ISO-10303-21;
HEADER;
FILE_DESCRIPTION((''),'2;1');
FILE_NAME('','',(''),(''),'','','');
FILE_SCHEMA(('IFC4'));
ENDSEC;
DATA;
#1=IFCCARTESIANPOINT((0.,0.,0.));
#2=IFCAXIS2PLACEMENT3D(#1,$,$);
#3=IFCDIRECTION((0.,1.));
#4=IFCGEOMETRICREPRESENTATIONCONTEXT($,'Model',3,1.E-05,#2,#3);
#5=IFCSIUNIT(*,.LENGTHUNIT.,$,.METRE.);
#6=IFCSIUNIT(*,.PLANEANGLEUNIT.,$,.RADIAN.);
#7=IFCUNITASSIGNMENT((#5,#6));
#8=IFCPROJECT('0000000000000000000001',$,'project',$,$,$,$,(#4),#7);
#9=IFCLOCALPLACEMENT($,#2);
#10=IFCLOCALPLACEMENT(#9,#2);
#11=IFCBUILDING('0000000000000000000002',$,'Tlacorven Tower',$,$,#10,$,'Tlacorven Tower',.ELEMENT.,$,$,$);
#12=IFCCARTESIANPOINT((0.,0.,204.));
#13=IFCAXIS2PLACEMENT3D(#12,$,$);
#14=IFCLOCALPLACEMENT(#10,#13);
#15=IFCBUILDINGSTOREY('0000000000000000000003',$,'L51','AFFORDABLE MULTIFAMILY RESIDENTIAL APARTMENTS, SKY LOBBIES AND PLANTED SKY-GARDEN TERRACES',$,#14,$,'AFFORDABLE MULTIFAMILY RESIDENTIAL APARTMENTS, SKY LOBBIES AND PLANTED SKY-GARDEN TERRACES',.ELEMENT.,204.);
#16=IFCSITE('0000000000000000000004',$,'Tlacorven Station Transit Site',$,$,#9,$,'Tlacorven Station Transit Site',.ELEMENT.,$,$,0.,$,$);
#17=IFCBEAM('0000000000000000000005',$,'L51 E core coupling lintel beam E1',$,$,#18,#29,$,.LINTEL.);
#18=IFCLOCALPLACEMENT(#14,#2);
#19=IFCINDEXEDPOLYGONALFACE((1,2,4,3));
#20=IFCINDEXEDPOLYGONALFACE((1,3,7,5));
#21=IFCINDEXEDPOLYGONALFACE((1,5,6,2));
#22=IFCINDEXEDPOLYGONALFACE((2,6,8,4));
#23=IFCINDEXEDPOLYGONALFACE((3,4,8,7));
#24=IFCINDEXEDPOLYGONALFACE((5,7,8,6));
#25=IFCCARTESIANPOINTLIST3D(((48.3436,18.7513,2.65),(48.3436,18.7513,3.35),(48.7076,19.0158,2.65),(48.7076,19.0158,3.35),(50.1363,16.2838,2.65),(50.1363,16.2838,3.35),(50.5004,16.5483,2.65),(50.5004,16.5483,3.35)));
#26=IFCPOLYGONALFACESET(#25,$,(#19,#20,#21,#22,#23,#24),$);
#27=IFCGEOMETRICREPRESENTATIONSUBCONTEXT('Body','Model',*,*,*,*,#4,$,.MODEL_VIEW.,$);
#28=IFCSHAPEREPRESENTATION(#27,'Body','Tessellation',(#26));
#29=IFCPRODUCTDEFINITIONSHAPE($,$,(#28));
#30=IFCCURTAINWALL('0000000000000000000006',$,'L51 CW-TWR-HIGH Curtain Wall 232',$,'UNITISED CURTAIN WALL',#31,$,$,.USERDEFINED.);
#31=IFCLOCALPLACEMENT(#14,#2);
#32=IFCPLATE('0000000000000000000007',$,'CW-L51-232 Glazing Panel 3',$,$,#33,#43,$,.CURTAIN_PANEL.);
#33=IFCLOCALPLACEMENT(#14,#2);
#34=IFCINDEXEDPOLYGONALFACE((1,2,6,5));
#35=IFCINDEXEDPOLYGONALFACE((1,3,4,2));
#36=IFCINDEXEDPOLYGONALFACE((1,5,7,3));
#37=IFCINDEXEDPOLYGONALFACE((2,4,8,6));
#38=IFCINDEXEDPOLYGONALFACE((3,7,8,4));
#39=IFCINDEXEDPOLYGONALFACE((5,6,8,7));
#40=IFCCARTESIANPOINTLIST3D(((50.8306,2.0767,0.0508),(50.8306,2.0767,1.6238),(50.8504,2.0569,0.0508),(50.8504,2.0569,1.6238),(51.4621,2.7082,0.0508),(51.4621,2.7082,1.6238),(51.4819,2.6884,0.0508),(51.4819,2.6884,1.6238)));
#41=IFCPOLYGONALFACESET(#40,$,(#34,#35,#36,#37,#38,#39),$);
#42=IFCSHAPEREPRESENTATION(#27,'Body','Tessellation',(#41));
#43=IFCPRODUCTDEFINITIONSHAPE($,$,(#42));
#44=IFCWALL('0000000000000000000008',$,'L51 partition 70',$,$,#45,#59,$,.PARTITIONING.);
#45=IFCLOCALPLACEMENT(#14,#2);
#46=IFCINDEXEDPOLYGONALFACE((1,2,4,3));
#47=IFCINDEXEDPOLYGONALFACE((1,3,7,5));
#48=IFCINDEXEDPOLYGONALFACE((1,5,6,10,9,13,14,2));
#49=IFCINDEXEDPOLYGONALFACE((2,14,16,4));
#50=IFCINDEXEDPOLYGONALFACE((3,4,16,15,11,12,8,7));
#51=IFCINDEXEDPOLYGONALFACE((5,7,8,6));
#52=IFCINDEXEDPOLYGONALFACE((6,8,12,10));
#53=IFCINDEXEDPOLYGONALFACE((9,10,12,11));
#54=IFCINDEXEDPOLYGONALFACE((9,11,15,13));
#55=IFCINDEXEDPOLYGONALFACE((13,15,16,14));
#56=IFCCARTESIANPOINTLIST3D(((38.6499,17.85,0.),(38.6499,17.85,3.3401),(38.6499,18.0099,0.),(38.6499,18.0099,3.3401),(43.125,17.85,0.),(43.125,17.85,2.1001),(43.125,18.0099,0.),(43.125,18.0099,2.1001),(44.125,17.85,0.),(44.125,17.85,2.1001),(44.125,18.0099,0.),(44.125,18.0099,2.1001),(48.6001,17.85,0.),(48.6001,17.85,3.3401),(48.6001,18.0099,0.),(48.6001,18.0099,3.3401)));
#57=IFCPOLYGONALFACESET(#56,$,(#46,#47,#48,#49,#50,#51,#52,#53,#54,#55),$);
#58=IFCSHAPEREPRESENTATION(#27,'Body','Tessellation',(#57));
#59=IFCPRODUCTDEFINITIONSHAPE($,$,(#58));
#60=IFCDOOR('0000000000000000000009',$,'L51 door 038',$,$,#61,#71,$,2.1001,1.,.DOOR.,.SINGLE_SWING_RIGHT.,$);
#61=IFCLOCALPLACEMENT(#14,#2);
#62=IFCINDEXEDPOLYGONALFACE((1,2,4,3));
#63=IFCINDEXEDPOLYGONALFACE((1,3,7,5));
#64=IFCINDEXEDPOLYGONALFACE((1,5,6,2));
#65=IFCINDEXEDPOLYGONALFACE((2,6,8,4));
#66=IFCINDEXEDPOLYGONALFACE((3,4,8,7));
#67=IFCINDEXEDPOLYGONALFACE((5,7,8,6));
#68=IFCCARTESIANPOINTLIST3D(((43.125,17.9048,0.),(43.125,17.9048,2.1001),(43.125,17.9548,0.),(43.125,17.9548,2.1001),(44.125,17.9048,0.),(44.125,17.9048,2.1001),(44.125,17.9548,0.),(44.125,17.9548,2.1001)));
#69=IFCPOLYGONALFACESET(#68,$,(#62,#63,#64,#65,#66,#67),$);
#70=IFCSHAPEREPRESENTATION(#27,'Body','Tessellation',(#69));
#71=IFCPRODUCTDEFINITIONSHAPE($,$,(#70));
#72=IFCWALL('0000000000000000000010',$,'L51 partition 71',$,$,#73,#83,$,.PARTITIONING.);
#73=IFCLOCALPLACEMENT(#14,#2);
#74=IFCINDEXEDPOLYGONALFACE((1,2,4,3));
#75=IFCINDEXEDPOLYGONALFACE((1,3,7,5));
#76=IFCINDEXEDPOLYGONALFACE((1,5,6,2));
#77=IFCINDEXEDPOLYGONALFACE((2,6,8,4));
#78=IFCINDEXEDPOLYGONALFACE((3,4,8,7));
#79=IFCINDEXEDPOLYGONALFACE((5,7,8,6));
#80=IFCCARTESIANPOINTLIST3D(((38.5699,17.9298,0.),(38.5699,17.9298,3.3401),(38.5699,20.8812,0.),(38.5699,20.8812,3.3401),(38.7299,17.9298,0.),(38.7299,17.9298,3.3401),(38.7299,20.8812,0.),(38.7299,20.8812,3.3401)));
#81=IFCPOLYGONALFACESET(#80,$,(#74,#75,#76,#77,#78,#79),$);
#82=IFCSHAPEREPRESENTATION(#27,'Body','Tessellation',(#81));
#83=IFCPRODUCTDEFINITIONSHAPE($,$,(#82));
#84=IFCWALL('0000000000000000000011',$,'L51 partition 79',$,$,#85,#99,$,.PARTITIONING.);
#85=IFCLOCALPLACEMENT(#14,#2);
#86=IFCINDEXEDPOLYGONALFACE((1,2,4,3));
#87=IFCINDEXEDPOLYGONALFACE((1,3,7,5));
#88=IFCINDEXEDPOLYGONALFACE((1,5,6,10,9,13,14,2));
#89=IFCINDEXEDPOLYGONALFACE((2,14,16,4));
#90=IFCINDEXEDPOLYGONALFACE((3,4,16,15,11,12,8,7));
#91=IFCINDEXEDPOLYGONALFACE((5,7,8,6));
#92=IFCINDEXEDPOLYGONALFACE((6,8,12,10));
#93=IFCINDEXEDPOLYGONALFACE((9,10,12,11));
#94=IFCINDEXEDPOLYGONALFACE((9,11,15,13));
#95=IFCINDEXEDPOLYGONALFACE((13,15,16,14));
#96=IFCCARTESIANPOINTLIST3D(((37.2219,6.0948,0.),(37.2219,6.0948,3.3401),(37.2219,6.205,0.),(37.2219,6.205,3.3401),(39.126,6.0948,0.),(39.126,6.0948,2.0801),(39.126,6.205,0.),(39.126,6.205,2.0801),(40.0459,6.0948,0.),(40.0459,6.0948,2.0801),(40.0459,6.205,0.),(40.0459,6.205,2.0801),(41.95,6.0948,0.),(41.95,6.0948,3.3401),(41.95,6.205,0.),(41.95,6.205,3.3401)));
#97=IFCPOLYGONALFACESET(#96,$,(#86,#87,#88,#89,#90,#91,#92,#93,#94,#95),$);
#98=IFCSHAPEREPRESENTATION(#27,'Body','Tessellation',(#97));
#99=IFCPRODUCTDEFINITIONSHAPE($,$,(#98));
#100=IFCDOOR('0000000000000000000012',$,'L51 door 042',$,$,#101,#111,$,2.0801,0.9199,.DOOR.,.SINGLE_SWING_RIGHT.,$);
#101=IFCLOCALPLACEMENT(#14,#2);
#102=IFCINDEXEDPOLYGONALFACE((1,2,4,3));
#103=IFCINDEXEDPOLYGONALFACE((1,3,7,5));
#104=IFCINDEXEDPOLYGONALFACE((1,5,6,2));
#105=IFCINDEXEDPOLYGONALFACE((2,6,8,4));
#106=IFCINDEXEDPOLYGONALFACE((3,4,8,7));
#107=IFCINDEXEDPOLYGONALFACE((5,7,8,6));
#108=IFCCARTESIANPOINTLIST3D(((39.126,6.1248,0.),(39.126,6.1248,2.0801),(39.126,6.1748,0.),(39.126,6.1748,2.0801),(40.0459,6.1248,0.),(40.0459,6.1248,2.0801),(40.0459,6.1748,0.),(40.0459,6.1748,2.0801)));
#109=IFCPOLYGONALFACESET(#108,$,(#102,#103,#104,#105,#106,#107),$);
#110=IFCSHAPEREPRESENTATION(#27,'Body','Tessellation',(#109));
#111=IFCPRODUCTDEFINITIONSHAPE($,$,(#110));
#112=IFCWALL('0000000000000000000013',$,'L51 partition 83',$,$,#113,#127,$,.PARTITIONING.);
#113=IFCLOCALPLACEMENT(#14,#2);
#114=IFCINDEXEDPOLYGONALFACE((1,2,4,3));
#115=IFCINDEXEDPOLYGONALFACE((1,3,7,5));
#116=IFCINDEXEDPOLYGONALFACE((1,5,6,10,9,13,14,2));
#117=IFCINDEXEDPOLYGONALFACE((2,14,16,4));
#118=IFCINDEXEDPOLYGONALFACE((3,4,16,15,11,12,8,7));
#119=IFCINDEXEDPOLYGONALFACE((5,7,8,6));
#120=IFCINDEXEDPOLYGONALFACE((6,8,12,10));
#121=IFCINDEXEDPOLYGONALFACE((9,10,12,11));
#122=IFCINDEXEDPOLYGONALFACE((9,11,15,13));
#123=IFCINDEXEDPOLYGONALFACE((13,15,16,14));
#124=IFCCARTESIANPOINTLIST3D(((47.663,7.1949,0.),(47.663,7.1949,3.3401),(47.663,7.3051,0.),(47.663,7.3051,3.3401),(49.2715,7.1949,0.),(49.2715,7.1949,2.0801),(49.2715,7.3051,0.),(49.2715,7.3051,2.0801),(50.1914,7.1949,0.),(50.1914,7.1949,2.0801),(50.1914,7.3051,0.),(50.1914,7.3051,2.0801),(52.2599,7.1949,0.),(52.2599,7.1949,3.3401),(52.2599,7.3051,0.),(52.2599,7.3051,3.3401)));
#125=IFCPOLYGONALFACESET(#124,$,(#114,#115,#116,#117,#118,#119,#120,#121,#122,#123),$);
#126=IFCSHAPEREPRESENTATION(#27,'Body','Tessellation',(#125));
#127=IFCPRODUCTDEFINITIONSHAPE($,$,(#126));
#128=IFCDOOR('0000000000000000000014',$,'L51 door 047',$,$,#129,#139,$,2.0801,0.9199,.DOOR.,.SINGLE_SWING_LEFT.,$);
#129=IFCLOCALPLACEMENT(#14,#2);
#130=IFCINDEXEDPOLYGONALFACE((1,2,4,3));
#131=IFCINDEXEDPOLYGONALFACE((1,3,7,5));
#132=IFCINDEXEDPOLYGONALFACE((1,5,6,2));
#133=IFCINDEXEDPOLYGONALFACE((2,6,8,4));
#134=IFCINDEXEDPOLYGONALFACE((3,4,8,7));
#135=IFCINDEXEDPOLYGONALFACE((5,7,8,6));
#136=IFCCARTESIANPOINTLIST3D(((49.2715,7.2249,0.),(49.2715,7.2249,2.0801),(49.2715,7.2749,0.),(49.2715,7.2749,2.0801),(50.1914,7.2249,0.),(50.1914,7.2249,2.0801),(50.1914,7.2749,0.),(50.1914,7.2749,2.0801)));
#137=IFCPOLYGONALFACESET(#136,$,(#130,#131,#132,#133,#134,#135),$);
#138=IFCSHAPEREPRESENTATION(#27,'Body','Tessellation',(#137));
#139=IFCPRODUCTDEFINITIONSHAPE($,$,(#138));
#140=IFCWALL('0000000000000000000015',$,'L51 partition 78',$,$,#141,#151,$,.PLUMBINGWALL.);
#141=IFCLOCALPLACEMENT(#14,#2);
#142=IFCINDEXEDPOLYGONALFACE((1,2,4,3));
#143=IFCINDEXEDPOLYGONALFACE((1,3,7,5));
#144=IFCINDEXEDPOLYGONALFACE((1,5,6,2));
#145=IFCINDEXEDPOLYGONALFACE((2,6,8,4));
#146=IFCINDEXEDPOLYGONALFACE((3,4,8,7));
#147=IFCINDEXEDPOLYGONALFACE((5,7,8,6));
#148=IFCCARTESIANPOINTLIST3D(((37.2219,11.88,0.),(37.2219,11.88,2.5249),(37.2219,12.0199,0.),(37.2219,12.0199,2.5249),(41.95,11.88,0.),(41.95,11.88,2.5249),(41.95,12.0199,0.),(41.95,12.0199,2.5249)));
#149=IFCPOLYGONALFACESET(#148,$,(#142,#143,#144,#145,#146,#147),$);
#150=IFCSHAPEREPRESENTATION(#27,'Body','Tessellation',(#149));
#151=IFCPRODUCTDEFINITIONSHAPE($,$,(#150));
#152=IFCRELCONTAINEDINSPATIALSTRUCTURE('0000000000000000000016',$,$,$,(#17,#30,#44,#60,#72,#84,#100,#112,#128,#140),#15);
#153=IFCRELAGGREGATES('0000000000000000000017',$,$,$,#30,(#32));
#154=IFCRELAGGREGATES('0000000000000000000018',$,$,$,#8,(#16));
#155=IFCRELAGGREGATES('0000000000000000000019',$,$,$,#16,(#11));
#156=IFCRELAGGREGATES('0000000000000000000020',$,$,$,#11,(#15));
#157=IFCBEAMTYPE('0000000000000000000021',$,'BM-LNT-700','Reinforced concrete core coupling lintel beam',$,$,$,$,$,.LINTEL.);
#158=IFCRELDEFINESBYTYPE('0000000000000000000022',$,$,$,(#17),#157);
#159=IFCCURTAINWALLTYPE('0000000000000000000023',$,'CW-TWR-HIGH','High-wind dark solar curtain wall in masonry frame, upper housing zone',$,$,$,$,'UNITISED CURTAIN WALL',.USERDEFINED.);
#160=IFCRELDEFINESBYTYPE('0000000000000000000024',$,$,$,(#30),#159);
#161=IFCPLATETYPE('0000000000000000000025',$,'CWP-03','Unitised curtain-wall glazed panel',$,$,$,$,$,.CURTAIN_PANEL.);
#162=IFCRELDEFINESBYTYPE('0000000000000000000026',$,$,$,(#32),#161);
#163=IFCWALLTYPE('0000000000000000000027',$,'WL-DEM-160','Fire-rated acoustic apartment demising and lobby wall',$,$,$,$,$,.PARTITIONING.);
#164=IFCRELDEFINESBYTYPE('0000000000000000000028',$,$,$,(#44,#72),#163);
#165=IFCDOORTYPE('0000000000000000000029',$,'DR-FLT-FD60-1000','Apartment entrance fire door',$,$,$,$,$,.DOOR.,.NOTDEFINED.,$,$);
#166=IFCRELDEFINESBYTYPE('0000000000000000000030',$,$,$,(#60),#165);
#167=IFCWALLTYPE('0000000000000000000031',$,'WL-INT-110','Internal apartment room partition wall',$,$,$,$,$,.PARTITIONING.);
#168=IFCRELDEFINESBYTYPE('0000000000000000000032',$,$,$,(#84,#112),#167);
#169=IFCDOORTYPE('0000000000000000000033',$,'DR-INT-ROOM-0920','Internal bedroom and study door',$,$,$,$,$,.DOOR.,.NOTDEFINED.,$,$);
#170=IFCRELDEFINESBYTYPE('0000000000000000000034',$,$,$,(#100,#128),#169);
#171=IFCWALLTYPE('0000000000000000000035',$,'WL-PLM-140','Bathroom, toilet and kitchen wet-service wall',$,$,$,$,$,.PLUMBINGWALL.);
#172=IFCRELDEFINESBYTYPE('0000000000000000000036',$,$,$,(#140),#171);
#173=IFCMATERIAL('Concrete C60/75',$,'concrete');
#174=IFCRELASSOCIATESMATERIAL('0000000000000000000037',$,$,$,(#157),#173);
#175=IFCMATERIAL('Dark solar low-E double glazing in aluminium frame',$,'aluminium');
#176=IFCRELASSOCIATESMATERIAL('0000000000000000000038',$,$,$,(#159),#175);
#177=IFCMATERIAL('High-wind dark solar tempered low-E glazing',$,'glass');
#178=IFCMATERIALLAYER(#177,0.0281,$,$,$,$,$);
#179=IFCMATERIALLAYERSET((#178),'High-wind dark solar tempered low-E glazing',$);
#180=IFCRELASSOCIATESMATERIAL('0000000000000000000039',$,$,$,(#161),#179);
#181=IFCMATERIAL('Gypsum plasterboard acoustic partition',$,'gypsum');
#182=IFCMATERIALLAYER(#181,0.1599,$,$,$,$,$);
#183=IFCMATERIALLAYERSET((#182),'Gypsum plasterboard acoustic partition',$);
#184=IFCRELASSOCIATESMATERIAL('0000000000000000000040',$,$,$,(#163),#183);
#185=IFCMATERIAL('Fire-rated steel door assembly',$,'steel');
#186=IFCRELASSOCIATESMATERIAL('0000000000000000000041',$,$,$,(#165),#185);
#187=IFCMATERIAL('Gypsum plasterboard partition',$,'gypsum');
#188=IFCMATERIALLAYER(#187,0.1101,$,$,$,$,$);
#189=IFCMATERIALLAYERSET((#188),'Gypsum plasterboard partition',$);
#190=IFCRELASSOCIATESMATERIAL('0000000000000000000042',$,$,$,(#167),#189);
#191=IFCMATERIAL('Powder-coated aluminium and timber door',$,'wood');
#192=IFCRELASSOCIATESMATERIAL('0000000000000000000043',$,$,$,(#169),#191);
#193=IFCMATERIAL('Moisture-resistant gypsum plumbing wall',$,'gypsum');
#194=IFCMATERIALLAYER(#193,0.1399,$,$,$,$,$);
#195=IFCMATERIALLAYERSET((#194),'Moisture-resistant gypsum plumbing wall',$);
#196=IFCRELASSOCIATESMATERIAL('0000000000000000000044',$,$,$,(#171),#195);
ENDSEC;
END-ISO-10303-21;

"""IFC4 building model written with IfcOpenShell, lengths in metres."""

from ifc_helpers import new_model, si_unit, direction, frame, frame_2d, origin, origin_2d, place, context, subcontext, project, spatial, rectangle, extrude, source, transform, mapped, material, layer, layer_set, material_profile, profile_set, type_object, element, fill, aggregate, save


model = new_model("IFC4")

# Units and contexts
model_context = context("Model", 3, precision=1e-05, world=origin(), true_north=direction((0.0, 1.0)))
body_context = subcontext(model_context, "Body", "Model", "MODEL_VIEW")
ifc_project = project(units=[si_unit("LENGTHUNIT", "METRE"), si_unit("PLANEANGLEUNIT", "RADIAN")], contexts=[model_context])

# Site, building, storey
site_placement = place(None, origin())
site = spatial("IfcSite", under=ifc_project, at=site_placement, Name="Tlacorven Station Transit Site", LongName="Tlacorven Station Transit Site", CompositionType="ELEMENT", RefElevation=0.0)
building_placement = place(site_placement, origin())
building = spatial("IfcBuilding", under=site, at=building_placement, Name="Tlacorven Tower", LongName="Tlacorven Tower", CompositionType="ELEMENT")
storey_placement = place(building_placement, frame((0.0, 0.0, 204.0)))
storey = spatial("IfcBuildingStorey", under=building, at=storey_placement, Name="L51", Description="AFFORDABLE MULTIFAMILY RESIDENTIAL APARTMENTS, SKY LOBBIES AND PLANTED SKY-GARDEN TERRACES", LongName="AFFORDABLE MULTIFAMILY RESIDENTIAL APARTMENTS, SKY LOBBIES AND PLANTED SKY-GARDEN TERRACES", CompositionType="ELEMENT", Elevation=204.0)

# Beam
ifc_material_1 = material(Name="Concrete C60/75", Category="concrete")
ifc_material_profile = material_profile(ifc_material_1, rectangle(XDim=0.45, YDim=0.7, at=origin_2d()), Name="RC 450X700")
ifc_profile_set = profile_set([ifc_material_profile], Name="Concrete C60/75")
beam_type = type_object("IfcBeamType", Name="BM-LNT-700", Description="Reinforced concrete core coupling lintel beam", PredefinedType="LINTEL", material=ifc_profile_set)
shared_shape_1 = source(origin(), body_context, "Body", "SweptSolid", [
    extrude(rectangle(XDim=0.45, YDim=0.7, at=origin_2d()), origin(), (0.0, 0.0, 1.0), 3.05),
])
beam_placement = place(storey_placement, frame((50.3184, 16.416, 3.0), z_axis=(-0.587777, 0.809023, 0.0), x_axis=(-0.809023, -0.587777, 0.0)))
element("IfcBeam", 1, at=beam_placement, inside=storey, type_object=beam_type, Name="L51 E core coupling lintel beam E1", PredefinedType="LINTEL", context=body_context, shape_type="MappedRepresentation", body=[
    mapped(shared_shape_1, transform((0.0, 0.0, 0.0), scale=1.0)),
])

# Curtain wall, plate
ifc_material_2 = material(Name="Dark solar low-E double glazing in aluminium frame", Category="aluminium")
curtain_wall_type = type_object("IfcCurtainWallType", Name="CW-TWR-HIGH", Description="High-wind dark solar curtain wall in masonry frame, upper housing zone", ElementType="UNITISED CURTAIN WALL", PredefinedType="USERDEFINED", material=ifc_material_2)
curtain_wall_placement = place(storey_placement, origin())
curtain_wall = element("IfcCurtainWall", 2, at=curtain_wall_placement, inside=storey, type_object=curtain_wall_type, Name="L51 CW-TWR-HIGH Curtain Wall 232", ObjectType="UNITISED CURTAIN WALL", PredefinedType="USERDEFINED")
ifc_material_3 = material(Name="High-wind dark solar tempered low-E glazing", Category="glass")
ifc_layer_1 = layer(ifc_material_3, 0.0281)
ifc_layer_set_1 = layer_set([ifc_layer_1], Name="High-wind dark solar tempered low-E glazing")
plate_type = type_object("IfcPlateType", Name="CWP-03", Description="Unitised curtain-wall glazed panel", PredefinedType="CURTAIN_PANEL", material=ifc_layer_set_1)
shared_shape_2 = source(origin(), body_context, "Body", "SweptSolid", [
    extrude(rectangle(XDim=0.8931, YDim=0.0281, at=origin_2d()), origin(), (0.0, 0.0, 1.0), 1.573),
])
plate_placement = place(storey_placement, frame((51.1562, 2.3826, 0.0508), z_axis=(0.0, 0.0, 1.0), x_axis=(-0.707107, -0.707107, 0.0)))
plate = element("IfcPlate", 3, at=plate_placement, type_object=plate_type, Name="CW-L51-232 Glazing Panel 3", PredefinedType="CURTAIN_PANEL", context=body_context, shape_type="MappedRepresentation", body=[
    mapped(shared_shape_2, transform((0.0, 0.0, 0.0), scale=1.0)),
])
aggregate(curtain_wall, [plate])

# Wall, opening, door
ifc_material_4 = material(Name="Gypsum plasterboard acoustic partition", Category="gypsum")
ifc_layer_2 = layer(ifc_material_4, 0.1599)
ifc_layer_set_2 = layer_set([ifc_layer_2], Name="Gypsum plasterboard acoustic partition")
wall_type_1 = type_object("IfcWallType", Name="WL-DEM-160", Description="Fire-rated acoustic apartment demising and lobby wall", PredefinedType="PARTITIONING", material=ifc_layer_set_2)
wall_1_placement = place(storey_placement, frame((38.6499, 17.9299, 0.0), z_axis=(0.0, 0.0, 1.0), x_axis=(1.0, 0.0, 0.0)))
wall_1 = element("IfcWall", 4, at=wall_1_placement, inside=storey, type_object=wall_type_1, Name="L51 partition 70", PredefinedType="PARTITIONING", context=body_context, shape_type="SweptSolid", body=[
    extrude(rectangle(XDim=9.9502, YDim=0.1599, at=frame_2d((4.9751, 0.0))), origin(), (0.0, 0.0, 1.0), 3.3401),
])
opening_1_placement = place(wall_1_placement, frame((4.4751, 0.0, 0.0)))
opening_1 = element("IfcOpeningElement", 5, at=opening_1_placement, cuts=wall_1, PredefinedType="OPENING", context=body_context, shape_type="SweptSolid", body=[
    extrude(rectangle(XDim=1.0, YDim=2.1001, at=frame_2d((0.5, 1.05))), frame((0.0, 0.0898, 0.0), z_axis=(0.0, -1.0, 0.0), x_axis=(1.0, 0.0, 0.0)), (0.0, 0.0, 1.0), 0.1799),
])
ifc_material_5 = material(Name="Fire-rated steel door assembly", Category="steel")
door_type_1 = type_object("IfcDoorType", Name="DR-FLT-FD60-1000", Description="Apartment entrance fire door", OperationType="NOTDEFINED", PredefinedType="DOOR", material=ifc_material_5)
shared_shape_3 = source(origin(), body_context, "Body", "SweptSolid", [
    extrude(rectangle(XDim=1.0, YDim=2.1001, at=frame_2d((0.5, 1.05))), frame((0.0, 0.0249, 0.0), z_axis=(0.0, -1.0, 0.0), x_axis=(1.0, 0.0, 0.0)), (0.0, 0.0, 1.0), 0.05),
])
door_1_placement = place(opening_1_placement, origin())
door_1 = element("IfcDoor", 6, at=door_1_placement, inside=storey, type_object=door_type_1, Name="L51 door 038", OperationType="SINGLE_SWING_RIGHT", OverallHeight=2.1001, OverallWidth=1.0, PredefinedType="DOOR", context=body_context, shape_type="MappedRepresentation", body=[
    mapped(shared_shape_3, transform((0.0, 0.0, 0.0), scale=1.0)),
])
fill(opening_1, door_1)

# Wall
wall_2_placement = place(storey_placement, frame((38.6499, 17.9299, 0.0), z_axis=(0.0, 0.0, 1.0), x_axis=(0.0, 1.0, 0.0)))
element("IfcWall", 7, at=wall_2_placement, inside=storey, type_object=wall_type_1, Name="L51 partition 71", PredefinedType="PARTITIONING", context=body_context, shape_type="SweptSolid", body=[
    extrude(rectangle(XDim=2.9514, YDim=0.1599, at=frame_2d((1.4756, 0.0))), origin(), (0.0, 0.0, 1.0), 3.3401),
])

# Walls, openings, doors
ifc_material_6 = material(Name="Gypsum plasterboard partition", Category="gypsum")
ifc_layer_3 = layer(ifc_material_6, 0.1101)
ifc_layer_set_3 = layer_set([ifc_layer_3], Name="Gypsum plasterboard partition")
wall_type_2 = type_object("IfcWallType", Name="WL-INT-110", Description="Internal apartment room partition wall", PredefinedType="PARTITIONING", material=ifc_layer_set_3)
wall_3_placement = place(storey_placement, frame((37.2219, 6.1499, 0.0), z_axis=(0.0, 0.0, 1.0), x_axis=(1.0, 0.0, 0.0)))
wall_3 = element("IfcWall", 8, at=wall_3_placement, inside=storey, type_object=wall_type_2, Name="L51 partition 79", PredefinedType="PARTITIONING", context=body_context, shape_type="SweptSolid", body=[
    extrude(rectangle(XDim=4.728, YDim=0.1101, at=frame_2d((2.364, 0.0))), origin(), (0.0, 0.0, 1.0), 3.3401),
])
opening_2_placement = place(wall_3_placement, frame((1.9041, 0.0, 0.0)))
opening_2 = element("IfcOpeningElement", 9, at=opening_2_placement, cuts=wall_3, PredefinedType="OPENING", context=body_context, shape_type="SweptSolid", body=[
    extrude(rectangle(XDim=0.9199, YDim=2.0801, at=frame_2d((0.46, 1.04))), frame((0.0, 0.0649, 0.0), z_axis=(0.0, -1.0, 0.0), x_axis=(1.0, 0.0, 0.0)), (0.0, 0.0, 1.0), 0.1301),
])
ifc_material_7 = material(Name="Powder-coated aluminium and timber door", Category="wood")
door_type_2 = type_object("IfcDoorType", Name="DR-INT-ROOM-0920", Description="Internal bedroom and study door", OperationType="NOTDEFINED", PredefinedType="DOOR", material=ifc_material_7)
shared_shape_4 = source(origin(), body_context, "Body", "SweptSolid", [
    extrude(rectangle(XDim=0.9199, YDim=2.0801, at=frame_2d((0.46, 1.04))), frame((0.0, 0.0249, 0.0), z_axis=(0.0, -1.0, 0.0), x_axis=(1.0, 0.0, 0.0)), (0.0, 0.0, 1.0), 0.05),
])
door_2_placement = place(opening_2_placement, origin())
door_2 = element("IfcDoor", 10, at=door_2_placement, inside=storey, type_object=door_type_2, Name="L51 door 042", OperationType="SINGLE_SWING_RIGHT", OverallHeight=2.0801, OverallWidth=0.9199, PredefinedType="DOOR", context=body_context, shape_type="MappedRepresentation", body=[
    mapped(shared_shape_4, transform((0.0, 0.0, 0.0), scale=1.0)),
])
fill(opening_2, door_2)
wall_4_placement = place(storey_placement, frame((47.6631, 7.25, 0.0), z_axis=(0.0, 0.0, 1.0), x_axis=(1.0, 0.0, 0.0)))
wall_4 = element("IfcWall", 11, at=wall_4_placement, inside=storey, type_object=wall_type_2, Name="L51 partition 83", PredefinedType="PARTITIONING", context=body_context, shape_type="SweptSolid", body=[
    extrude(rectangle(XDim=4.5969, YDim=0.1101, at=frame_2d((2.2983, 0.0))), origin(), (0.0, 0.0, 1.0), 3.3401),
])
opening_3_placement = place(wall_4_placement, frame((1.6084, 0.0, 0.0)))
opening_3 = element("IfcOpeningElement", 12, at=opening_3_placement, cuts=wall_4, PredefinedType="OPENING", context=body_context, shape_type="SweptSolid", body=[
    extrude(rectangle(XDim=0.9199, YDim=2.0801, at=frame_2d((0.46, 1.04))), frame((0.0, 0.0649, 0.0), z_axis=(0.0, -1.0, 0.0), x_axis=(1.0, 0.0, 0.0)), (0.0, 0.0, 1.0), 0.1301),
])
door_3_placement = place(opening_3_placement, origin())
door_3 = element("IfcDoor", 13, at=door_3_placement, inside=storey, type_object=door_type_2, Name="L51 door 047", OperationType="SINGLE_SWING_LEFT", OverallHeight=2.0801, OverallWidth=0.9199, PredefinedType="DOOR", context=body_context, shape_type="MappedRepresentation", body=[
    mapped(shared_shape_4, transform((0.0, 0.0, 0.0), scale=1.0)),
])
fill(opening_3, door_3)

# Wall
ifc_material_8 = material(Name="Moisture-resistant gypsum plumbing wall", Category="gypsum")
ifc_layer_4 = layer(ifc_material_8, 0.1399)
ifc_layer_set_4 = layer_set([ifc_layer_4], Name="Moisture-resistant gypsum plumbing wall")
wall_type_3 = type_object("IfcWallType", Name="WL-PLM-140", Description="Bathroom, toilet and kitchen wet-service wall", PredefinedType="PLUMBINGWALL", material=ifc_layer_set_4)
wall_5_placement = place(storey_placement, frame((37.2219, 11.95, 0.0), z_axis=(0.0, 0.0, 1.0), x_axis=(1.0, 0.0, 0.0)))
element("IfcWall", 14, at=wall_5_placement, inside=storey, type_object=wall_type_3, Name="L51 partition 78", PredefinedType="PLUMBINGWALL", context=body_context, shape_type="SweptSolid", body=[
    extrude(rectangle(XDim=4.728, YDim=0.1399, at=frame_2d((2.364, 0.0))), origin(), (0.0, 0.0, 1.0), 2.5249),
])

save(model, "model.ifc")
